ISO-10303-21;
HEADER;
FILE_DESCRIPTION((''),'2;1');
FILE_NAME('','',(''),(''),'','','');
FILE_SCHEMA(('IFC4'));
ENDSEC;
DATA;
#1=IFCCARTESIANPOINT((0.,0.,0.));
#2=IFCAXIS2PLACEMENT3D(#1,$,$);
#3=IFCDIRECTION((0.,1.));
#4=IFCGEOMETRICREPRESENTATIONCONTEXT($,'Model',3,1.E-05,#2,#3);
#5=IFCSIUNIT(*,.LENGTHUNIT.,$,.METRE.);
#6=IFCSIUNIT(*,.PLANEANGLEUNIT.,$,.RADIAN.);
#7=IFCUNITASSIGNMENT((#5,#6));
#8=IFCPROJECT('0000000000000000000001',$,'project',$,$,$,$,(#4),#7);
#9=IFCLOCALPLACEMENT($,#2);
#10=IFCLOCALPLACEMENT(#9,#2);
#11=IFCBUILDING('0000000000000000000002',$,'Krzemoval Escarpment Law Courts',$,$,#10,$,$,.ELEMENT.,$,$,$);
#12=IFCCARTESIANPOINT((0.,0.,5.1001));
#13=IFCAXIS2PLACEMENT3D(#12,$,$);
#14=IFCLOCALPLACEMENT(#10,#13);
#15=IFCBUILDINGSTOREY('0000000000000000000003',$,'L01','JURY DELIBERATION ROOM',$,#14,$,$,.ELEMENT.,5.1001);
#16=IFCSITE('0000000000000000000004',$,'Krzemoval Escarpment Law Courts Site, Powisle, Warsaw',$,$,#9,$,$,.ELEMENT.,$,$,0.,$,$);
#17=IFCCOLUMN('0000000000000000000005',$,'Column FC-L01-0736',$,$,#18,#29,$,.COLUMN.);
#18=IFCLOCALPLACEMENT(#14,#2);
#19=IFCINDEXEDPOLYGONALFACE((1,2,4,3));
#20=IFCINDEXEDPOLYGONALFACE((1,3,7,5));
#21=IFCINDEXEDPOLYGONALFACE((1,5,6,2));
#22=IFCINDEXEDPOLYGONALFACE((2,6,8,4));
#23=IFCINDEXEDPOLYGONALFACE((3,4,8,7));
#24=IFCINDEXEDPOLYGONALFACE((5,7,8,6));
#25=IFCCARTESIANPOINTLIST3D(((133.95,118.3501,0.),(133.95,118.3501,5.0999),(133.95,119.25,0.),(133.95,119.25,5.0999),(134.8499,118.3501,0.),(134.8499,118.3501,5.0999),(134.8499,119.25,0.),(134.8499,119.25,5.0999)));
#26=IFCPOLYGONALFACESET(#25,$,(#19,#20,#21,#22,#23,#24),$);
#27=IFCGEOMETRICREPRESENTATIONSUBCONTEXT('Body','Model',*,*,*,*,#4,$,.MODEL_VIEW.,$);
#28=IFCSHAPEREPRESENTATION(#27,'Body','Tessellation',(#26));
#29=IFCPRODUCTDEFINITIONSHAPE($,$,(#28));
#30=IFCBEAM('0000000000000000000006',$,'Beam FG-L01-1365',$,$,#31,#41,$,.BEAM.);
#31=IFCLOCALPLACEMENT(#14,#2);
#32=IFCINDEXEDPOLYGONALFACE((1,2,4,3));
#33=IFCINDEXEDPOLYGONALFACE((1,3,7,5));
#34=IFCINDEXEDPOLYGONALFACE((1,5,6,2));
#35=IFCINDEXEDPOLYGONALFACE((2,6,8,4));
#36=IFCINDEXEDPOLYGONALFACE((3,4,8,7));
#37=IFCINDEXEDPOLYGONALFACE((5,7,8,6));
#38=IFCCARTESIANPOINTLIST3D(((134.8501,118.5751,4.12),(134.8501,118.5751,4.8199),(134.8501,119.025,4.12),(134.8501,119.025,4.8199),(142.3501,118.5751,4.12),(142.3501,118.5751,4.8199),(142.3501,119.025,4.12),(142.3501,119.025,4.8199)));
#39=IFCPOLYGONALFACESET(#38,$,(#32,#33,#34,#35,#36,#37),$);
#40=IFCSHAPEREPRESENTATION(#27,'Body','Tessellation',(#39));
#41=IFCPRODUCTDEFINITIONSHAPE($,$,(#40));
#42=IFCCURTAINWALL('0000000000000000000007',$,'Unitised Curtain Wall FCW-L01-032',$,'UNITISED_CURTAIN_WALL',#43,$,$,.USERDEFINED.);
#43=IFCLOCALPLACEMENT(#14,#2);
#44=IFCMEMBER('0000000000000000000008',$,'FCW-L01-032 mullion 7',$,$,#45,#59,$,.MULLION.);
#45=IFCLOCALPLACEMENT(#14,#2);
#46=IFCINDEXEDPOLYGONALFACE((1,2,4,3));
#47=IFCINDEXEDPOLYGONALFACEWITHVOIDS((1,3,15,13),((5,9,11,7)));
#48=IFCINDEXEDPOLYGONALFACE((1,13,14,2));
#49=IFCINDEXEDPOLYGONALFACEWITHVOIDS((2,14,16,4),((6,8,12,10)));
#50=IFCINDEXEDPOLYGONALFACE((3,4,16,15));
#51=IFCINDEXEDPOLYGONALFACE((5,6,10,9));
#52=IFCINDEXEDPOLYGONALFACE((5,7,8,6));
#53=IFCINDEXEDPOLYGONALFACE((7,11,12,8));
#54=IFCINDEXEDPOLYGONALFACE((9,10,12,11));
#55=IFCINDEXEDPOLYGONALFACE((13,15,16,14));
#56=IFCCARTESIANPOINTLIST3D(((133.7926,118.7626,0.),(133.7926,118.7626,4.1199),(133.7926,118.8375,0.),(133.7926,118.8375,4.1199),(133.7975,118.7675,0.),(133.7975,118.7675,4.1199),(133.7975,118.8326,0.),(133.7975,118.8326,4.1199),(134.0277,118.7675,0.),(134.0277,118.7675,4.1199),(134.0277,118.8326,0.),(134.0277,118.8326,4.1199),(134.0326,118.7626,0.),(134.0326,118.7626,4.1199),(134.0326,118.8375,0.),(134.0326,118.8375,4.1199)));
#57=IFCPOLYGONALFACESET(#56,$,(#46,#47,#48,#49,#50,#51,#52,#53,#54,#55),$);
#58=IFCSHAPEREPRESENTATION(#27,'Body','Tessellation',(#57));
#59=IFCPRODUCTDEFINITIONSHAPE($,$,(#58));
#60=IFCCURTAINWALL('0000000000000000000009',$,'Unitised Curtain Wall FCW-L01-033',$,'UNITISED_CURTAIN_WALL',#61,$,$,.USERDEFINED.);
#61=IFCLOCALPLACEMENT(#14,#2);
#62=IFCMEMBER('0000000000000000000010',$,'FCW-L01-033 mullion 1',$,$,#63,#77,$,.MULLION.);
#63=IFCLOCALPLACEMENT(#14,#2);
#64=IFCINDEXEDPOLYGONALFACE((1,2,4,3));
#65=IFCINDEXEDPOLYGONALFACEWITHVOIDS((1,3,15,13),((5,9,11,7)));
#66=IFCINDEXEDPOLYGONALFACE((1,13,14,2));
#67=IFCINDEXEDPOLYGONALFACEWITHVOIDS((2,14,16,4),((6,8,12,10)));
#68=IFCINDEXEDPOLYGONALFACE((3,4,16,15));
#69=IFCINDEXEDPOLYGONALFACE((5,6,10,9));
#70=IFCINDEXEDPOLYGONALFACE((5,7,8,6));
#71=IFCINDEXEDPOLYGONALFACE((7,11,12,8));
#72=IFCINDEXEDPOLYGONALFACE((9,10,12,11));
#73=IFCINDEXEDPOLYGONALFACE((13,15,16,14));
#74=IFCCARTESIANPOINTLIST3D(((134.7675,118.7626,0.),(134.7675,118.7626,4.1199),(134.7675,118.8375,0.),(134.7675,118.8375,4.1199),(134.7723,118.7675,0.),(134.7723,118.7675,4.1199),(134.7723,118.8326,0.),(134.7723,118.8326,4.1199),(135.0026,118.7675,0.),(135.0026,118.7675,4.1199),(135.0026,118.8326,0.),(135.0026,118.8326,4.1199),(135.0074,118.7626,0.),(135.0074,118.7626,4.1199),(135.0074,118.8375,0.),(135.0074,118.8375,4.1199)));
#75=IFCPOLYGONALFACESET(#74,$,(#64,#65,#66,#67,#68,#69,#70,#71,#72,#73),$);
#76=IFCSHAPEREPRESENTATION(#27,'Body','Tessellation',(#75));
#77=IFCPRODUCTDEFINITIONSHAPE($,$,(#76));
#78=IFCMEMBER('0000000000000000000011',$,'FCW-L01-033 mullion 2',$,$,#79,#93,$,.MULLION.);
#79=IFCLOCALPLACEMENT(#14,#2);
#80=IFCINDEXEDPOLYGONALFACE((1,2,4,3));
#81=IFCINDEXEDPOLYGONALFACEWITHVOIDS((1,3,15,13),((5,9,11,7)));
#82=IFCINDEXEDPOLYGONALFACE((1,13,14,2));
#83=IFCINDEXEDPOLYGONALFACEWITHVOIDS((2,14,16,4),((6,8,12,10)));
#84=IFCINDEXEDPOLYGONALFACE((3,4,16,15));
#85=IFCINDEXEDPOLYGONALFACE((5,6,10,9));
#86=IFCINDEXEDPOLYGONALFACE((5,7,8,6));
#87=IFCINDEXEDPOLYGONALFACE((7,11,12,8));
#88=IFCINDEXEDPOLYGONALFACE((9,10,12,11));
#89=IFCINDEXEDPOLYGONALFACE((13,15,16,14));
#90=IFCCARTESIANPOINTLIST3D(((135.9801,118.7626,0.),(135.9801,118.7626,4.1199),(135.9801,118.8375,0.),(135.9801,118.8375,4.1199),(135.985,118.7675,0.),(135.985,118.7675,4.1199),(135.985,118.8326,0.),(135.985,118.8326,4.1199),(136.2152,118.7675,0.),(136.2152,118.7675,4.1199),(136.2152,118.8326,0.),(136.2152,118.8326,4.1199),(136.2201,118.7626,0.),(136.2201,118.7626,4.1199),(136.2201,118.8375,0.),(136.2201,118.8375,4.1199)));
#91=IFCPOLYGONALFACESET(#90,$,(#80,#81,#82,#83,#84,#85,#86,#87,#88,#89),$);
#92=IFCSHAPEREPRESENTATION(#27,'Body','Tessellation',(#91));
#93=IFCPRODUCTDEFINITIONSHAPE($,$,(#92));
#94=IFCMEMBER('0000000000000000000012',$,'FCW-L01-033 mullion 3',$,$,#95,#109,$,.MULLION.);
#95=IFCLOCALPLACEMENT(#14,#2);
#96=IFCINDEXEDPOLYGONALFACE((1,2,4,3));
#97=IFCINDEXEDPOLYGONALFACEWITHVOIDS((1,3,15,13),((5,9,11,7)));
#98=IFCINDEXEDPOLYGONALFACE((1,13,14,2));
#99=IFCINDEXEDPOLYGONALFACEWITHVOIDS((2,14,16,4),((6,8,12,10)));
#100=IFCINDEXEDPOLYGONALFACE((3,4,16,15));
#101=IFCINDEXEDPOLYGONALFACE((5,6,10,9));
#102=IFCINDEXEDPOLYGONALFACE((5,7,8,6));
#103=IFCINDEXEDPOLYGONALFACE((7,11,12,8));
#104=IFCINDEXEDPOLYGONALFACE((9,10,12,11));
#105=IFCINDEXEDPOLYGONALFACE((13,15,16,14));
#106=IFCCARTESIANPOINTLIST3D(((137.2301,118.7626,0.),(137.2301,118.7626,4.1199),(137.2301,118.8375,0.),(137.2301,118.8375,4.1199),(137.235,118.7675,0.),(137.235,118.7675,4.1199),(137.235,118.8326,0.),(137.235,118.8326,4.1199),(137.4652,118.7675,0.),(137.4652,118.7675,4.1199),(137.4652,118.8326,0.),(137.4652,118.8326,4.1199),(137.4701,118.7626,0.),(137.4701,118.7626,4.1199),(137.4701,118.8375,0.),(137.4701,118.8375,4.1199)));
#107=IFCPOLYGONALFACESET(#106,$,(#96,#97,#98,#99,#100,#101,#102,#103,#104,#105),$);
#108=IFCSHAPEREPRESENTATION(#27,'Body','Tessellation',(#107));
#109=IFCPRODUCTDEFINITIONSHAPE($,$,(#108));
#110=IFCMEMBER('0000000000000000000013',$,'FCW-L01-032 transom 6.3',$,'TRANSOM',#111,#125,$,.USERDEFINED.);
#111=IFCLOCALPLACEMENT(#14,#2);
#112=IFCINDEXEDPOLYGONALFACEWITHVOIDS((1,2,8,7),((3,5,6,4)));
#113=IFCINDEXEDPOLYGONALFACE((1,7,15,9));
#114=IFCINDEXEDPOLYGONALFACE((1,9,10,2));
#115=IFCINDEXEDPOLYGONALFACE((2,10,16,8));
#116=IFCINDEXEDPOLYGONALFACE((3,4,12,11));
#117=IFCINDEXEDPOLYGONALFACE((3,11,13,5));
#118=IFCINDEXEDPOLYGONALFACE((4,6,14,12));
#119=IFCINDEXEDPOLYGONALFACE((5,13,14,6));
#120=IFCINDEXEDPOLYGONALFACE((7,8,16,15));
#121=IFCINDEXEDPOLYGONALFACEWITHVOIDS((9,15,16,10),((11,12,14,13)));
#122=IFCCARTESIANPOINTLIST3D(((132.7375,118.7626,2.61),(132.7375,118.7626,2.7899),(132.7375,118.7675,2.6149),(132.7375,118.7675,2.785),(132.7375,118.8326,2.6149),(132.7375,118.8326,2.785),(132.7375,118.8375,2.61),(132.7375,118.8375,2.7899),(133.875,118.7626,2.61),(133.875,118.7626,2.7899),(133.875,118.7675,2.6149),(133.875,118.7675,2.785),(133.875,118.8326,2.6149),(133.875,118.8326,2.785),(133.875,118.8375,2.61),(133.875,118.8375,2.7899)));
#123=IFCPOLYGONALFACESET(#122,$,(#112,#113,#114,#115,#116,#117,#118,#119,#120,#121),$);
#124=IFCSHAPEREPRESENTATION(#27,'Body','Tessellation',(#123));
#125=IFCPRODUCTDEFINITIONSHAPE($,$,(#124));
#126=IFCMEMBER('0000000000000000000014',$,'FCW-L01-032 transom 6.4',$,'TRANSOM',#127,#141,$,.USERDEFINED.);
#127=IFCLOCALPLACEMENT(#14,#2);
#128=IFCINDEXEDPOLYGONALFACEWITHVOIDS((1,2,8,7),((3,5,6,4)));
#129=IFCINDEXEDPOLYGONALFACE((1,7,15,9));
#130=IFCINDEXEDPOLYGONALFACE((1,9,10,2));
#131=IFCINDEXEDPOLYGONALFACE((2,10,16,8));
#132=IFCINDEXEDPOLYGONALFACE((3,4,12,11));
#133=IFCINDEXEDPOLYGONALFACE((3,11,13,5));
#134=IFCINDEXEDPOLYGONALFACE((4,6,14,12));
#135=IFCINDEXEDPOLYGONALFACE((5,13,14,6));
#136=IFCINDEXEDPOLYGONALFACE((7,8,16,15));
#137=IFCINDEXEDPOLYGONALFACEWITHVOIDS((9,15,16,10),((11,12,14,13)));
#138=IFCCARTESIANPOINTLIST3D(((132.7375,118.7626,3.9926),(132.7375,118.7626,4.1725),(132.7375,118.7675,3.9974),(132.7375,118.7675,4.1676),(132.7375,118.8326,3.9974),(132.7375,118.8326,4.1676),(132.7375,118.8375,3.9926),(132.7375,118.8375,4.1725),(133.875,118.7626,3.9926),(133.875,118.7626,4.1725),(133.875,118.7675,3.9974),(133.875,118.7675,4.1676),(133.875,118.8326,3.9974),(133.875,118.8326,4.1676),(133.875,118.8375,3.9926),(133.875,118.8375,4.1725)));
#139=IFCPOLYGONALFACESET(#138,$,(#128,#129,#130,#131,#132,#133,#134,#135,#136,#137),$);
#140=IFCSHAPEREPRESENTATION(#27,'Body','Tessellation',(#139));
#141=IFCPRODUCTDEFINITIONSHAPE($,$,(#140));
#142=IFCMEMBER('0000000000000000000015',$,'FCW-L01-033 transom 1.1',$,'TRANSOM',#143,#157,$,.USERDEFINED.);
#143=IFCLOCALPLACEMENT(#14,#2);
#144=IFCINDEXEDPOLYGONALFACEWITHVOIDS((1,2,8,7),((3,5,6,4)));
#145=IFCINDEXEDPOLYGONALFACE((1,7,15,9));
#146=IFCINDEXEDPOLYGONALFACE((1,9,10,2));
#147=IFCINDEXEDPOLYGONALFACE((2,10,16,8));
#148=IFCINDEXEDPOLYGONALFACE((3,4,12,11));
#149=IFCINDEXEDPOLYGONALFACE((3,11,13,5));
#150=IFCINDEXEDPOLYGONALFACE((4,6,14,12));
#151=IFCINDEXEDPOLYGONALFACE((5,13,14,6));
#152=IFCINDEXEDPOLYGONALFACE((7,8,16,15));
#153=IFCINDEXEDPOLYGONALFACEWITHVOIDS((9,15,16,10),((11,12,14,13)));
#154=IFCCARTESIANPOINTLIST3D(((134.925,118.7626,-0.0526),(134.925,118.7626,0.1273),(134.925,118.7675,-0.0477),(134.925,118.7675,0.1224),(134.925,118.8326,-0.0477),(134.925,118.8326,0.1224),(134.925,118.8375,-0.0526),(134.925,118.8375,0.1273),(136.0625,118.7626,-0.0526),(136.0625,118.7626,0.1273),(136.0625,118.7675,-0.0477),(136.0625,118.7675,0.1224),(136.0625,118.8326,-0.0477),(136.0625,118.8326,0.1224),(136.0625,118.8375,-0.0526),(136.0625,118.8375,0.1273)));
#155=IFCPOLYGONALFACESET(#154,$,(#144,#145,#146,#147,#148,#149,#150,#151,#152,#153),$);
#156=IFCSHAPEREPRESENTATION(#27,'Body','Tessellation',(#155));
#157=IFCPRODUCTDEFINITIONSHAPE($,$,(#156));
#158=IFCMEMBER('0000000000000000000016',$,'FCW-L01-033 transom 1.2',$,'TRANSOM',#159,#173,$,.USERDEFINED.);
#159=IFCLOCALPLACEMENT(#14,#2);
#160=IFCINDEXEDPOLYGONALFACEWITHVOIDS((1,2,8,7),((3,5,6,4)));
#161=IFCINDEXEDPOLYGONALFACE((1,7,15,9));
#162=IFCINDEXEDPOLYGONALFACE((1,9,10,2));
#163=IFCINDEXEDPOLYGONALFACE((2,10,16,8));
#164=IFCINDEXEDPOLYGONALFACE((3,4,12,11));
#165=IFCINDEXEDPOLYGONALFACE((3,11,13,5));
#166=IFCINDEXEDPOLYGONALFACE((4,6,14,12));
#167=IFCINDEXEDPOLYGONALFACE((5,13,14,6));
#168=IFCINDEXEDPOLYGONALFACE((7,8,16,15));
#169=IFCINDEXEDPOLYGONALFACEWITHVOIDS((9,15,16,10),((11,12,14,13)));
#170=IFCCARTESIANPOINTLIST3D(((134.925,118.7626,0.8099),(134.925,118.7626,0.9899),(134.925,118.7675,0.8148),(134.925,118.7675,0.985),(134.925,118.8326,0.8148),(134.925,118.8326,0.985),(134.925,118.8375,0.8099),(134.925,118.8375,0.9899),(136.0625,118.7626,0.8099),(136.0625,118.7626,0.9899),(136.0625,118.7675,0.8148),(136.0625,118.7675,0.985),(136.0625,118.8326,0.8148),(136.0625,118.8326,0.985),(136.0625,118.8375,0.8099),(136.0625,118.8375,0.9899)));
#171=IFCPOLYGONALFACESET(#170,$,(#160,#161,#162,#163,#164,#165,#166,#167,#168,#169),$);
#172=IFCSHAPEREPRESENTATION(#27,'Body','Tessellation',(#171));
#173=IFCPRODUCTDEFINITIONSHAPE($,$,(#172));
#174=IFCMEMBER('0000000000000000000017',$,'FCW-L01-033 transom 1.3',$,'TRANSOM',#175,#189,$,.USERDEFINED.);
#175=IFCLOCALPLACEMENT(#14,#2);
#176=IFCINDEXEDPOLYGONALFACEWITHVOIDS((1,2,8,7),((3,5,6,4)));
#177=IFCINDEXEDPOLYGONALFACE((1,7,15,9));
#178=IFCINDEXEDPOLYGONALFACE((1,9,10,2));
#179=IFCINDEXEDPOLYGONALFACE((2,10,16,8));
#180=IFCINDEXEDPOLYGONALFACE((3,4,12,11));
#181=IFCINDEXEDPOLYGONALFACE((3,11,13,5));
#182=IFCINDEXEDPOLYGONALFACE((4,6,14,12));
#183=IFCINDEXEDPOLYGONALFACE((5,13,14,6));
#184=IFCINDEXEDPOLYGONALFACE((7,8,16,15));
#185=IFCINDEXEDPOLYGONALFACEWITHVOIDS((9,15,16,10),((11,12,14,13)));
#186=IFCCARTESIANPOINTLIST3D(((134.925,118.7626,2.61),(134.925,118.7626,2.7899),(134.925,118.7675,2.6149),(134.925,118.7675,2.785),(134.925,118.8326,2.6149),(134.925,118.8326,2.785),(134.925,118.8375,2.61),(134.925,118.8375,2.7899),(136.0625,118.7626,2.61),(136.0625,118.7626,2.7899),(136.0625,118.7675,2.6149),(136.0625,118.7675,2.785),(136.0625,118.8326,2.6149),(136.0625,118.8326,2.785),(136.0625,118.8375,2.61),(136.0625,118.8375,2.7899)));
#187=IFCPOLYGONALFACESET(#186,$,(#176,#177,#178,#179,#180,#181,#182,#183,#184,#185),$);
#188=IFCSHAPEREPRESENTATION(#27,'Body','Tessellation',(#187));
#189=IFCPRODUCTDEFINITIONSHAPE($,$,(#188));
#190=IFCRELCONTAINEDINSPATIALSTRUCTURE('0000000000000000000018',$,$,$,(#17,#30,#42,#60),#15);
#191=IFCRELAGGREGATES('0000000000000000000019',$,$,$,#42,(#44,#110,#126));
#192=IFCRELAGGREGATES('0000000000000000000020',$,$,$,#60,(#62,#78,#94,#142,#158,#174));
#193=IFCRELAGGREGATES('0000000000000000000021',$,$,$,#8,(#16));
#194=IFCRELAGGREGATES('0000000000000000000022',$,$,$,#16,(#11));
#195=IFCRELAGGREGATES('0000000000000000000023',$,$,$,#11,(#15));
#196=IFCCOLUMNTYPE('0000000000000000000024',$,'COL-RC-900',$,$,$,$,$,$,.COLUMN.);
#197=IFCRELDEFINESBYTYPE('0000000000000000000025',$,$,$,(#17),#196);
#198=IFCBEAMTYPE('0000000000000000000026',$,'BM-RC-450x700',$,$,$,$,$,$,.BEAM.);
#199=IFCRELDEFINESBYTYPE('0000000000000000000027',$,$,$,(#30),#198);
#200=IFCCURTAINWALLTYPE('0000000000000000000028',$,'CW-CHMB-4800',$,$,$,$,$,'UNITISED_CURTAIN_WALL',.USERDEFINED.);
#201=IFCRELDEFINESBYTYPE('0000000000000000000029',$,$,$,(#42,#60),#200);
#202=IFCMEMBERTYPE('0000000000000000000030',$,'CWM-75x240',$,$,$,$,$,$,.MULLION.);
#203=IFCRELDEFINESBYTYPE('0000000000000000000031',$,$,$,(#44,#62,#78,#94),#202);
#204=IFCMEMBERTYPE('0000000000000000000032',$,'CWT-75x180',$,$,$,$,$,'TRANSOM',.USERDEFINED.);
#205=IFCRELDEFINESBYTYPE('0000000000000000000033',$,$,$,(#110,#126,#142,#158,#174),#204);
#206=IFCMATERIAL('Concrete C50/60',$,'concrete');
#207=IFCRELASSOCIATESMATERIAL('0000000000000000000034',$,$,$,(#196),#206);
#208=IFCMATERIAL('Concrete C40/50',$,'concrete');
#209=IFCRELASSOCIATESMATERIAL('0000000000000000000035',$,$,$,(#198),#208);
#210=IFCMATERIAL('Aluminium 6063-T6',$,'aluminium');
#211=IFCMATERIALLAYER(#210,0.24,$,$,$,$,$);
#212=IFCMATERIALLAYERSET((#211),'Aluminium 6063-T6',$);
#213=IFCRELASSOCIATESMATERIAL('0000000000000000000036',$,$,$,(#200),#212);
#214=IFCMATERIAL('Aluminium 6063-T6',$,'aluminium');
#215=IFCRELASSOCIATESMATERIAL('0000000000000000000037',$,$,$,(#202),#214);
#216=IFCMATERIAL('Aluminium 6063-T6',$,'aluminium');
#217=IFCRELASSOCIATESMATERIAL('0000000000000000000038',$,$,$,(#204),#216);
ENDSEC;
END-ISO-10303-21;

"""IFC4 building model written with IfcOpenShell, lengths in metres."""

from ifc_helpers import new_model, si_unit, direction, frame, origin, origin_2d, place, context, subcontext, project, spatial, rectangle, hollow_rectangle, extrude, material, layer, layer_set, material_profile, profile_set, type_object, element, aggregate, save


model = new_model("IFC4")

# Units and contexts
model_context = context("Model", 3, precision=1e-05, world=origin(), true_north=direction((0.0, 1.0)))
body_context = subcontext(model_context, "Body", "Model", "MODEL_VIEW")
ifc_project = project(units=[si_unit("LENGTHUNIT", "METRE"), si_unit("PLANEANGLEUNIT", "RADIAN")], contexts=[model_context])

# Site, building, storey
site_placement = place(None, origin())
site = spatial("IfcSite", under=ifc_project, at=site_placement, Name="Krzemoval Escarpment Law Courts Site, Powisle, Warsaw", CompositionType="ELEMENT", RefElevation=0.0)
building_placement = place(site_placement, origin())
building = spatial("IfcBuilding", under=site, at=building_placement, Name="Krzemoval Escarpment Law Courts", CompositionType="ELEMENT")
storey_placement = place(building_placement, frame((0.0, 0.0, 5.1001)))
storey = spatial("IfcBuildingStorey", under=building, at=storey_placement, Name="L01", Description="JURY DELIBERATION ROOM", CompositionType="ELEMENT", Elevation=5.1001)

# Column
ifc_material_1 = material(Name="Concrete C50/60", Category="concrete")
ifc_material_profile_1 = material_profile(ifc_material_1, rectangle(XDim=0.8999, YDim=0.8999, at=origin_2d()), Name="RC 900x900")
ifc_profile_set_1 = profile_set([ifc_material_profile_1], Name="Concrete C50/60")
column_type = type_object("IfcColumnType", Name="COL-RC-900", PredefinedType="COLUMN", material=ifc_profile_set_1)
column_placement = place(storey_placement, frame((134.3999, 118.8, 0.0), z_axis=(0.0, 0.0, 1.0), x_axis=(1.0, 0.0, 0.0)))
element("IfcColumn", 1, at=column_placement, inside=storey, type_object=column_type, Name="Column FC-L01-0736", PredefinedType="COLUMN", context=body_context, shape_type="SweptSolid", body=[
    extrude(rectangle(XDim=0.8999, YDim=0.8999, at=origin_2d()), origin(), (0.0, 0.0, 1.0), 5.0999),
])

# Beam
ifc_material_2 = material(Name="Concrete C40/50", Category="concrete")
ifc_material_profile_2 = material_profile(ifc_material_2, rectangle(XDim=0.45, YDim=0.7, at=origin_2d()), Name="RCB 450x700")
ifc_profile_set_2 = profile_set([ifc_material_profile_2], Name="Concrete C40/50")
beam_type = type_object("IfcBeamType", Name="BM-RC-450x700", PredefinedType="BEAM", material=ifc_profile_set_2)
beam_placement = place(storey_placement, frame((134.8501, 118.8, 4.47), z_axis=(1.0, 0.0, 0.0), x_axis=(0.0, 1.0, 0.0)))
element("IfcBeam", 2, at=beam_placement, inside=storey, type_object=beam_type, Name="Beam FG-L01-1365", PredefinedType="BEAM", context=body_context, shape_type="SweptSolid", body=[
    extrude(rectangle(XDim=0.45, YDim=0.7, at=origin_2d()), origin(), (0.0, 0.0, 1.0), 7.5),
])

# Curtain wall, member
ifc_material_3 = material(Name="Aluminium 6063-T6", Category="aluminium")
ifc_layer_1 = layer(ifc_material_3, 0.24)
ifc_layer_set_1 = layer_set([ifc_layer_1], Name="Aluminium 6063-T6")
curtain_wall_type = type_object("IfcCurtainWallType", Name="CW-CHMB-4800", ElementType="UNITISED_CURTAIN_WALL", PredefinedType="USERDEFINED", material=ifc_layer_set_1)
curtain_wall_1_placement = place(storey_placement, origin())
curtain_wall_1 = element("IfcCurtainWall", 3, at=curtain_wall_1_placement, inside=storey, type_object=curtain_wall_type, Name="Unitised Curtain Wall FCW-L01-032", ObjectType="UNITISED_CURTAIN_WALL", PredefinedType="USERDEFINED")
ifc_material_4 = material(Name="Aluminium 6063-T6", Category="aluminium")
ifc_material_profile_3 = material_profile(ifc_material_4, hollow_rectangle(XDim=0.075, YDim=0.24, WallThickness=0.0049, at=origin_2d()), Name="ALU M75x240")
ifc_profile_set_3 = profile_set([ifc_material_profile_3], Name="Aluminium 6063-T6")
member_type_1 = type_object("IfcMemberType", Name="CWM-75x240", PredefinedType="MULLION", material=ifc_profile_set_3)
member_1_placement = place(storey_placement, frame((133.9126, 118.8, 0.0), z_axis=(0.0, 0.0, 1.0), x_axis=(0.0, 1.0, 0.0)))
member_1 = element("IfcMember", 4, at=member_1_placement, type_object=member_type_1, Name="FCW-L01-032 mullion 7", PredefinedType="MULLION", context=body_context, shape_type="SweptSolid", body=[
    extrude(hollow_rectangle(XDim=0.075, YDim=0.24, WallThickness=0.0049, at=origin_2d()), origin(), (0.0, 0.0, 1.0), 4.1199),
])

# Curtain wall, members
curtain_wall_2_placement = place(storey_placement, origin())
curtain_wall_2 = element("IfcCurtainWall", 5, at=curtain_wall_2_placement, inside=storey, type_object=curtain_wall_type, Name="Unitised Curtain Wall FCW-L01-033", ObjectType="UNITISED_CURTAIN_WALL", PredefinedType="USERDEFINED")
member_2_placement = place(storey_placement, frame((134.8875, 118.8, 0.0), z_axis=(0.0, 0.0, 1.0), x_axis=(0.0, 1.0, 0.0)))
member_2 = element("IfcMember", 6, at=member_2_placement, type_object=member_type_1, Name="FCW-L01-033 mullion 1", PredefinedType="MULLION", context=body_context, shape_type="SweptSolid", body=[
    extrude(hollow_rectangle(XDim=0.075, YDim=0.24, WallThickness=0.0049, at=origin_2d()), origin(), (0.0, 0.0, 1.0), 4.1199),
])
member_3_placement = place(storey_placement, frame((136.1001, 118.8, 0.0), z_axis=(0.0, 0.0, 1.0), x_axis=(0.0, 1.0, 0.0)))
member_3 = element("IfcMember", 7, at=member_3_placement, type_object=member_type_1, Name="FCW-L01-033 mullion 2", PredefinedType="MULLION", context=body_context, shape_type="SweptSolid", body=[
    extrude(hollow_rectangle(XDim=0.075, YDim=0.24, WallThickness=0.0049, at=origin_2d()), origin(), (0.0, 0.0, 1.0), 4.1199),
])
member_4_placement = place(storey_placement, frame((137.3501, 118.8, 0.0), z_axis=(0.0, 0.0, 1.0), x_axis=(0.0, 1.0, 0.0)))
member_4 = element("IfcMember", 8, at=member_4_placement, type_object=member_type_1, Name="FCW-L01-033 mullion 3", PredefinedType="MULLION", context=body_context, shape_type="SweptSolid", body=[
    extrude(hollow_rectangle(XDim=0.075, YDim=0.24, WallThickness=0.0049, at=origin_2d()), origin(), (0.0, 0.0, 1.0), 4.1199),
])

# Members
ifc_material_5 = material(Name="Aluminium 6063-T6", Category="aluminium")
ifc_material_profile_4 = material_profile(ifc_material_5, hollow_rectangle(XDim=0.075, YDim=0.1799, WallThickness=0.0049, at=origin_2d()), Name="ALU T75x180")
ifc_profile_set_4 = profile_set([ifc_material_profile_4], Name="Aluminium 6063-T6")
member_type_2 = type_object("IfcMemberType", Name="CWT-75x180", ElementType="TRANSOM", PredefinedType="USERDEFINED", material=ifc_profile_set_4)
member_5_placement = place(storey_placement, frame((132.7375, 118.8, 2.7), z_axis=(1.0, 0.0, 0.0), x_axis=(0.0, 1.0, 0.0)))
member_5 = element("IfcMember", 9, at=member_5_placement, type_object=member_type_2, Name="FCW-L01-032 transom 6.3", ObjectType="TRANSOM", PredefinedType="USERDEFINED", context=body_context, shape_type="SweptSolid", body=[
    extrude(hollow_rectangle(XDim=0.075, YDim=0.1799, WallThickness=0.0049, at=origin_2d()), origin(), (0.0, 0.0, 1.0), 1.1375),
])
member_6_placement = place(storey_placement, frame((132.7375, 118.8, 4.0825), z_axis=(1.0, 0.0, 0.0), x_axis=(0.0, 1.0, 0.0)))
member_6 = element("IfcMember", 10, at=member_6_placement, type_object=member_type_2, Name="FCW-L01-032 transom 6.4", ObjectType="TRANSOM", PredefinedType="USERDEFINED", context=body_context, shape_type="SweptSolid", body=[
    extrude(hollow_rectangle(XDim=0.075, YDim=0.1799, WallThickness=0.0049, at=origin_2d()), origin(), (0.0, 0.0, 1.0), 1.1375),
])
member_7_placement = place(storey_placement, frame((134.925, 118.8, 0.0374), z_axis=(1.0, 0.0, 0.0), x_axis=(0.0, 1.0, 0.0)))
member_7 = element("IfcMember", 11, at=member_7_placement, type_object=member_type_2, Name="FCW-L01-033 transom 1.1", ObjectType="TRANSOM", PredefinedType="USERDEFINED", context=body_context, shape_type="SweptSolid", body=[
    extrude(hollow_rectangle(XDim=0.075, YDim=0.1799, WallThickness=0.0049, at=origin_2d()), origin(), (0.0, 0.0, 1.0), 1.1375),
])
member_8_placement = place(storey_placement, frame((134.925, 118.8, 0.8999), z_axis=(1.0, 0.0, 0.0), x_axis=(0.0, 1.0, 0.0)))
member_8 = element("IfcMember", 12, at=member_8_placement, type_object=member_type_2, Name="FCW-L01-033 transom 1.2", ObjectType="TRANSOM", PredefinedType="USERDEFINED", context=body_context, shape_type="SweptSolid", body=[
    extrude(hollow_rectangle(XDim=0.075, YDim=0.1799, WallThickness=0.0049, at=origin_2d()), origin(), (0.0, 0.0, 1.0), 1.1375),
])
member_9_placement = place(storey_placement, frame((134.925, 118.8, 2.7), z_axis=(1.0, 0.0, 0.0), x_axis=(0.0, 1.0, 0.0)))
member_9 = element("IfcMember", 13, at=member_9_placement, type_object=member_type_2, Name="FCW-L01-033 transom 1.3", ObjectType="TRANSOM", PredefinedType="USERDEFINED", context=body_context, shape_type="SweptSolid", body=[
    extrude(hollow_rectangle(XDim=0.075, YDim=0.1799, WallThickness=0.0049, at=origin_2d()), origin(), (0.0, 0.0, 1.0), 1.1375),
])

aggregate(curtain_wall_1, [member_1, member_5, member_6])
aggregate(curtain_wall_2, [member_2, member_3, member_4, member_7, member_8, member_9])

save(model, "model.ifc")
